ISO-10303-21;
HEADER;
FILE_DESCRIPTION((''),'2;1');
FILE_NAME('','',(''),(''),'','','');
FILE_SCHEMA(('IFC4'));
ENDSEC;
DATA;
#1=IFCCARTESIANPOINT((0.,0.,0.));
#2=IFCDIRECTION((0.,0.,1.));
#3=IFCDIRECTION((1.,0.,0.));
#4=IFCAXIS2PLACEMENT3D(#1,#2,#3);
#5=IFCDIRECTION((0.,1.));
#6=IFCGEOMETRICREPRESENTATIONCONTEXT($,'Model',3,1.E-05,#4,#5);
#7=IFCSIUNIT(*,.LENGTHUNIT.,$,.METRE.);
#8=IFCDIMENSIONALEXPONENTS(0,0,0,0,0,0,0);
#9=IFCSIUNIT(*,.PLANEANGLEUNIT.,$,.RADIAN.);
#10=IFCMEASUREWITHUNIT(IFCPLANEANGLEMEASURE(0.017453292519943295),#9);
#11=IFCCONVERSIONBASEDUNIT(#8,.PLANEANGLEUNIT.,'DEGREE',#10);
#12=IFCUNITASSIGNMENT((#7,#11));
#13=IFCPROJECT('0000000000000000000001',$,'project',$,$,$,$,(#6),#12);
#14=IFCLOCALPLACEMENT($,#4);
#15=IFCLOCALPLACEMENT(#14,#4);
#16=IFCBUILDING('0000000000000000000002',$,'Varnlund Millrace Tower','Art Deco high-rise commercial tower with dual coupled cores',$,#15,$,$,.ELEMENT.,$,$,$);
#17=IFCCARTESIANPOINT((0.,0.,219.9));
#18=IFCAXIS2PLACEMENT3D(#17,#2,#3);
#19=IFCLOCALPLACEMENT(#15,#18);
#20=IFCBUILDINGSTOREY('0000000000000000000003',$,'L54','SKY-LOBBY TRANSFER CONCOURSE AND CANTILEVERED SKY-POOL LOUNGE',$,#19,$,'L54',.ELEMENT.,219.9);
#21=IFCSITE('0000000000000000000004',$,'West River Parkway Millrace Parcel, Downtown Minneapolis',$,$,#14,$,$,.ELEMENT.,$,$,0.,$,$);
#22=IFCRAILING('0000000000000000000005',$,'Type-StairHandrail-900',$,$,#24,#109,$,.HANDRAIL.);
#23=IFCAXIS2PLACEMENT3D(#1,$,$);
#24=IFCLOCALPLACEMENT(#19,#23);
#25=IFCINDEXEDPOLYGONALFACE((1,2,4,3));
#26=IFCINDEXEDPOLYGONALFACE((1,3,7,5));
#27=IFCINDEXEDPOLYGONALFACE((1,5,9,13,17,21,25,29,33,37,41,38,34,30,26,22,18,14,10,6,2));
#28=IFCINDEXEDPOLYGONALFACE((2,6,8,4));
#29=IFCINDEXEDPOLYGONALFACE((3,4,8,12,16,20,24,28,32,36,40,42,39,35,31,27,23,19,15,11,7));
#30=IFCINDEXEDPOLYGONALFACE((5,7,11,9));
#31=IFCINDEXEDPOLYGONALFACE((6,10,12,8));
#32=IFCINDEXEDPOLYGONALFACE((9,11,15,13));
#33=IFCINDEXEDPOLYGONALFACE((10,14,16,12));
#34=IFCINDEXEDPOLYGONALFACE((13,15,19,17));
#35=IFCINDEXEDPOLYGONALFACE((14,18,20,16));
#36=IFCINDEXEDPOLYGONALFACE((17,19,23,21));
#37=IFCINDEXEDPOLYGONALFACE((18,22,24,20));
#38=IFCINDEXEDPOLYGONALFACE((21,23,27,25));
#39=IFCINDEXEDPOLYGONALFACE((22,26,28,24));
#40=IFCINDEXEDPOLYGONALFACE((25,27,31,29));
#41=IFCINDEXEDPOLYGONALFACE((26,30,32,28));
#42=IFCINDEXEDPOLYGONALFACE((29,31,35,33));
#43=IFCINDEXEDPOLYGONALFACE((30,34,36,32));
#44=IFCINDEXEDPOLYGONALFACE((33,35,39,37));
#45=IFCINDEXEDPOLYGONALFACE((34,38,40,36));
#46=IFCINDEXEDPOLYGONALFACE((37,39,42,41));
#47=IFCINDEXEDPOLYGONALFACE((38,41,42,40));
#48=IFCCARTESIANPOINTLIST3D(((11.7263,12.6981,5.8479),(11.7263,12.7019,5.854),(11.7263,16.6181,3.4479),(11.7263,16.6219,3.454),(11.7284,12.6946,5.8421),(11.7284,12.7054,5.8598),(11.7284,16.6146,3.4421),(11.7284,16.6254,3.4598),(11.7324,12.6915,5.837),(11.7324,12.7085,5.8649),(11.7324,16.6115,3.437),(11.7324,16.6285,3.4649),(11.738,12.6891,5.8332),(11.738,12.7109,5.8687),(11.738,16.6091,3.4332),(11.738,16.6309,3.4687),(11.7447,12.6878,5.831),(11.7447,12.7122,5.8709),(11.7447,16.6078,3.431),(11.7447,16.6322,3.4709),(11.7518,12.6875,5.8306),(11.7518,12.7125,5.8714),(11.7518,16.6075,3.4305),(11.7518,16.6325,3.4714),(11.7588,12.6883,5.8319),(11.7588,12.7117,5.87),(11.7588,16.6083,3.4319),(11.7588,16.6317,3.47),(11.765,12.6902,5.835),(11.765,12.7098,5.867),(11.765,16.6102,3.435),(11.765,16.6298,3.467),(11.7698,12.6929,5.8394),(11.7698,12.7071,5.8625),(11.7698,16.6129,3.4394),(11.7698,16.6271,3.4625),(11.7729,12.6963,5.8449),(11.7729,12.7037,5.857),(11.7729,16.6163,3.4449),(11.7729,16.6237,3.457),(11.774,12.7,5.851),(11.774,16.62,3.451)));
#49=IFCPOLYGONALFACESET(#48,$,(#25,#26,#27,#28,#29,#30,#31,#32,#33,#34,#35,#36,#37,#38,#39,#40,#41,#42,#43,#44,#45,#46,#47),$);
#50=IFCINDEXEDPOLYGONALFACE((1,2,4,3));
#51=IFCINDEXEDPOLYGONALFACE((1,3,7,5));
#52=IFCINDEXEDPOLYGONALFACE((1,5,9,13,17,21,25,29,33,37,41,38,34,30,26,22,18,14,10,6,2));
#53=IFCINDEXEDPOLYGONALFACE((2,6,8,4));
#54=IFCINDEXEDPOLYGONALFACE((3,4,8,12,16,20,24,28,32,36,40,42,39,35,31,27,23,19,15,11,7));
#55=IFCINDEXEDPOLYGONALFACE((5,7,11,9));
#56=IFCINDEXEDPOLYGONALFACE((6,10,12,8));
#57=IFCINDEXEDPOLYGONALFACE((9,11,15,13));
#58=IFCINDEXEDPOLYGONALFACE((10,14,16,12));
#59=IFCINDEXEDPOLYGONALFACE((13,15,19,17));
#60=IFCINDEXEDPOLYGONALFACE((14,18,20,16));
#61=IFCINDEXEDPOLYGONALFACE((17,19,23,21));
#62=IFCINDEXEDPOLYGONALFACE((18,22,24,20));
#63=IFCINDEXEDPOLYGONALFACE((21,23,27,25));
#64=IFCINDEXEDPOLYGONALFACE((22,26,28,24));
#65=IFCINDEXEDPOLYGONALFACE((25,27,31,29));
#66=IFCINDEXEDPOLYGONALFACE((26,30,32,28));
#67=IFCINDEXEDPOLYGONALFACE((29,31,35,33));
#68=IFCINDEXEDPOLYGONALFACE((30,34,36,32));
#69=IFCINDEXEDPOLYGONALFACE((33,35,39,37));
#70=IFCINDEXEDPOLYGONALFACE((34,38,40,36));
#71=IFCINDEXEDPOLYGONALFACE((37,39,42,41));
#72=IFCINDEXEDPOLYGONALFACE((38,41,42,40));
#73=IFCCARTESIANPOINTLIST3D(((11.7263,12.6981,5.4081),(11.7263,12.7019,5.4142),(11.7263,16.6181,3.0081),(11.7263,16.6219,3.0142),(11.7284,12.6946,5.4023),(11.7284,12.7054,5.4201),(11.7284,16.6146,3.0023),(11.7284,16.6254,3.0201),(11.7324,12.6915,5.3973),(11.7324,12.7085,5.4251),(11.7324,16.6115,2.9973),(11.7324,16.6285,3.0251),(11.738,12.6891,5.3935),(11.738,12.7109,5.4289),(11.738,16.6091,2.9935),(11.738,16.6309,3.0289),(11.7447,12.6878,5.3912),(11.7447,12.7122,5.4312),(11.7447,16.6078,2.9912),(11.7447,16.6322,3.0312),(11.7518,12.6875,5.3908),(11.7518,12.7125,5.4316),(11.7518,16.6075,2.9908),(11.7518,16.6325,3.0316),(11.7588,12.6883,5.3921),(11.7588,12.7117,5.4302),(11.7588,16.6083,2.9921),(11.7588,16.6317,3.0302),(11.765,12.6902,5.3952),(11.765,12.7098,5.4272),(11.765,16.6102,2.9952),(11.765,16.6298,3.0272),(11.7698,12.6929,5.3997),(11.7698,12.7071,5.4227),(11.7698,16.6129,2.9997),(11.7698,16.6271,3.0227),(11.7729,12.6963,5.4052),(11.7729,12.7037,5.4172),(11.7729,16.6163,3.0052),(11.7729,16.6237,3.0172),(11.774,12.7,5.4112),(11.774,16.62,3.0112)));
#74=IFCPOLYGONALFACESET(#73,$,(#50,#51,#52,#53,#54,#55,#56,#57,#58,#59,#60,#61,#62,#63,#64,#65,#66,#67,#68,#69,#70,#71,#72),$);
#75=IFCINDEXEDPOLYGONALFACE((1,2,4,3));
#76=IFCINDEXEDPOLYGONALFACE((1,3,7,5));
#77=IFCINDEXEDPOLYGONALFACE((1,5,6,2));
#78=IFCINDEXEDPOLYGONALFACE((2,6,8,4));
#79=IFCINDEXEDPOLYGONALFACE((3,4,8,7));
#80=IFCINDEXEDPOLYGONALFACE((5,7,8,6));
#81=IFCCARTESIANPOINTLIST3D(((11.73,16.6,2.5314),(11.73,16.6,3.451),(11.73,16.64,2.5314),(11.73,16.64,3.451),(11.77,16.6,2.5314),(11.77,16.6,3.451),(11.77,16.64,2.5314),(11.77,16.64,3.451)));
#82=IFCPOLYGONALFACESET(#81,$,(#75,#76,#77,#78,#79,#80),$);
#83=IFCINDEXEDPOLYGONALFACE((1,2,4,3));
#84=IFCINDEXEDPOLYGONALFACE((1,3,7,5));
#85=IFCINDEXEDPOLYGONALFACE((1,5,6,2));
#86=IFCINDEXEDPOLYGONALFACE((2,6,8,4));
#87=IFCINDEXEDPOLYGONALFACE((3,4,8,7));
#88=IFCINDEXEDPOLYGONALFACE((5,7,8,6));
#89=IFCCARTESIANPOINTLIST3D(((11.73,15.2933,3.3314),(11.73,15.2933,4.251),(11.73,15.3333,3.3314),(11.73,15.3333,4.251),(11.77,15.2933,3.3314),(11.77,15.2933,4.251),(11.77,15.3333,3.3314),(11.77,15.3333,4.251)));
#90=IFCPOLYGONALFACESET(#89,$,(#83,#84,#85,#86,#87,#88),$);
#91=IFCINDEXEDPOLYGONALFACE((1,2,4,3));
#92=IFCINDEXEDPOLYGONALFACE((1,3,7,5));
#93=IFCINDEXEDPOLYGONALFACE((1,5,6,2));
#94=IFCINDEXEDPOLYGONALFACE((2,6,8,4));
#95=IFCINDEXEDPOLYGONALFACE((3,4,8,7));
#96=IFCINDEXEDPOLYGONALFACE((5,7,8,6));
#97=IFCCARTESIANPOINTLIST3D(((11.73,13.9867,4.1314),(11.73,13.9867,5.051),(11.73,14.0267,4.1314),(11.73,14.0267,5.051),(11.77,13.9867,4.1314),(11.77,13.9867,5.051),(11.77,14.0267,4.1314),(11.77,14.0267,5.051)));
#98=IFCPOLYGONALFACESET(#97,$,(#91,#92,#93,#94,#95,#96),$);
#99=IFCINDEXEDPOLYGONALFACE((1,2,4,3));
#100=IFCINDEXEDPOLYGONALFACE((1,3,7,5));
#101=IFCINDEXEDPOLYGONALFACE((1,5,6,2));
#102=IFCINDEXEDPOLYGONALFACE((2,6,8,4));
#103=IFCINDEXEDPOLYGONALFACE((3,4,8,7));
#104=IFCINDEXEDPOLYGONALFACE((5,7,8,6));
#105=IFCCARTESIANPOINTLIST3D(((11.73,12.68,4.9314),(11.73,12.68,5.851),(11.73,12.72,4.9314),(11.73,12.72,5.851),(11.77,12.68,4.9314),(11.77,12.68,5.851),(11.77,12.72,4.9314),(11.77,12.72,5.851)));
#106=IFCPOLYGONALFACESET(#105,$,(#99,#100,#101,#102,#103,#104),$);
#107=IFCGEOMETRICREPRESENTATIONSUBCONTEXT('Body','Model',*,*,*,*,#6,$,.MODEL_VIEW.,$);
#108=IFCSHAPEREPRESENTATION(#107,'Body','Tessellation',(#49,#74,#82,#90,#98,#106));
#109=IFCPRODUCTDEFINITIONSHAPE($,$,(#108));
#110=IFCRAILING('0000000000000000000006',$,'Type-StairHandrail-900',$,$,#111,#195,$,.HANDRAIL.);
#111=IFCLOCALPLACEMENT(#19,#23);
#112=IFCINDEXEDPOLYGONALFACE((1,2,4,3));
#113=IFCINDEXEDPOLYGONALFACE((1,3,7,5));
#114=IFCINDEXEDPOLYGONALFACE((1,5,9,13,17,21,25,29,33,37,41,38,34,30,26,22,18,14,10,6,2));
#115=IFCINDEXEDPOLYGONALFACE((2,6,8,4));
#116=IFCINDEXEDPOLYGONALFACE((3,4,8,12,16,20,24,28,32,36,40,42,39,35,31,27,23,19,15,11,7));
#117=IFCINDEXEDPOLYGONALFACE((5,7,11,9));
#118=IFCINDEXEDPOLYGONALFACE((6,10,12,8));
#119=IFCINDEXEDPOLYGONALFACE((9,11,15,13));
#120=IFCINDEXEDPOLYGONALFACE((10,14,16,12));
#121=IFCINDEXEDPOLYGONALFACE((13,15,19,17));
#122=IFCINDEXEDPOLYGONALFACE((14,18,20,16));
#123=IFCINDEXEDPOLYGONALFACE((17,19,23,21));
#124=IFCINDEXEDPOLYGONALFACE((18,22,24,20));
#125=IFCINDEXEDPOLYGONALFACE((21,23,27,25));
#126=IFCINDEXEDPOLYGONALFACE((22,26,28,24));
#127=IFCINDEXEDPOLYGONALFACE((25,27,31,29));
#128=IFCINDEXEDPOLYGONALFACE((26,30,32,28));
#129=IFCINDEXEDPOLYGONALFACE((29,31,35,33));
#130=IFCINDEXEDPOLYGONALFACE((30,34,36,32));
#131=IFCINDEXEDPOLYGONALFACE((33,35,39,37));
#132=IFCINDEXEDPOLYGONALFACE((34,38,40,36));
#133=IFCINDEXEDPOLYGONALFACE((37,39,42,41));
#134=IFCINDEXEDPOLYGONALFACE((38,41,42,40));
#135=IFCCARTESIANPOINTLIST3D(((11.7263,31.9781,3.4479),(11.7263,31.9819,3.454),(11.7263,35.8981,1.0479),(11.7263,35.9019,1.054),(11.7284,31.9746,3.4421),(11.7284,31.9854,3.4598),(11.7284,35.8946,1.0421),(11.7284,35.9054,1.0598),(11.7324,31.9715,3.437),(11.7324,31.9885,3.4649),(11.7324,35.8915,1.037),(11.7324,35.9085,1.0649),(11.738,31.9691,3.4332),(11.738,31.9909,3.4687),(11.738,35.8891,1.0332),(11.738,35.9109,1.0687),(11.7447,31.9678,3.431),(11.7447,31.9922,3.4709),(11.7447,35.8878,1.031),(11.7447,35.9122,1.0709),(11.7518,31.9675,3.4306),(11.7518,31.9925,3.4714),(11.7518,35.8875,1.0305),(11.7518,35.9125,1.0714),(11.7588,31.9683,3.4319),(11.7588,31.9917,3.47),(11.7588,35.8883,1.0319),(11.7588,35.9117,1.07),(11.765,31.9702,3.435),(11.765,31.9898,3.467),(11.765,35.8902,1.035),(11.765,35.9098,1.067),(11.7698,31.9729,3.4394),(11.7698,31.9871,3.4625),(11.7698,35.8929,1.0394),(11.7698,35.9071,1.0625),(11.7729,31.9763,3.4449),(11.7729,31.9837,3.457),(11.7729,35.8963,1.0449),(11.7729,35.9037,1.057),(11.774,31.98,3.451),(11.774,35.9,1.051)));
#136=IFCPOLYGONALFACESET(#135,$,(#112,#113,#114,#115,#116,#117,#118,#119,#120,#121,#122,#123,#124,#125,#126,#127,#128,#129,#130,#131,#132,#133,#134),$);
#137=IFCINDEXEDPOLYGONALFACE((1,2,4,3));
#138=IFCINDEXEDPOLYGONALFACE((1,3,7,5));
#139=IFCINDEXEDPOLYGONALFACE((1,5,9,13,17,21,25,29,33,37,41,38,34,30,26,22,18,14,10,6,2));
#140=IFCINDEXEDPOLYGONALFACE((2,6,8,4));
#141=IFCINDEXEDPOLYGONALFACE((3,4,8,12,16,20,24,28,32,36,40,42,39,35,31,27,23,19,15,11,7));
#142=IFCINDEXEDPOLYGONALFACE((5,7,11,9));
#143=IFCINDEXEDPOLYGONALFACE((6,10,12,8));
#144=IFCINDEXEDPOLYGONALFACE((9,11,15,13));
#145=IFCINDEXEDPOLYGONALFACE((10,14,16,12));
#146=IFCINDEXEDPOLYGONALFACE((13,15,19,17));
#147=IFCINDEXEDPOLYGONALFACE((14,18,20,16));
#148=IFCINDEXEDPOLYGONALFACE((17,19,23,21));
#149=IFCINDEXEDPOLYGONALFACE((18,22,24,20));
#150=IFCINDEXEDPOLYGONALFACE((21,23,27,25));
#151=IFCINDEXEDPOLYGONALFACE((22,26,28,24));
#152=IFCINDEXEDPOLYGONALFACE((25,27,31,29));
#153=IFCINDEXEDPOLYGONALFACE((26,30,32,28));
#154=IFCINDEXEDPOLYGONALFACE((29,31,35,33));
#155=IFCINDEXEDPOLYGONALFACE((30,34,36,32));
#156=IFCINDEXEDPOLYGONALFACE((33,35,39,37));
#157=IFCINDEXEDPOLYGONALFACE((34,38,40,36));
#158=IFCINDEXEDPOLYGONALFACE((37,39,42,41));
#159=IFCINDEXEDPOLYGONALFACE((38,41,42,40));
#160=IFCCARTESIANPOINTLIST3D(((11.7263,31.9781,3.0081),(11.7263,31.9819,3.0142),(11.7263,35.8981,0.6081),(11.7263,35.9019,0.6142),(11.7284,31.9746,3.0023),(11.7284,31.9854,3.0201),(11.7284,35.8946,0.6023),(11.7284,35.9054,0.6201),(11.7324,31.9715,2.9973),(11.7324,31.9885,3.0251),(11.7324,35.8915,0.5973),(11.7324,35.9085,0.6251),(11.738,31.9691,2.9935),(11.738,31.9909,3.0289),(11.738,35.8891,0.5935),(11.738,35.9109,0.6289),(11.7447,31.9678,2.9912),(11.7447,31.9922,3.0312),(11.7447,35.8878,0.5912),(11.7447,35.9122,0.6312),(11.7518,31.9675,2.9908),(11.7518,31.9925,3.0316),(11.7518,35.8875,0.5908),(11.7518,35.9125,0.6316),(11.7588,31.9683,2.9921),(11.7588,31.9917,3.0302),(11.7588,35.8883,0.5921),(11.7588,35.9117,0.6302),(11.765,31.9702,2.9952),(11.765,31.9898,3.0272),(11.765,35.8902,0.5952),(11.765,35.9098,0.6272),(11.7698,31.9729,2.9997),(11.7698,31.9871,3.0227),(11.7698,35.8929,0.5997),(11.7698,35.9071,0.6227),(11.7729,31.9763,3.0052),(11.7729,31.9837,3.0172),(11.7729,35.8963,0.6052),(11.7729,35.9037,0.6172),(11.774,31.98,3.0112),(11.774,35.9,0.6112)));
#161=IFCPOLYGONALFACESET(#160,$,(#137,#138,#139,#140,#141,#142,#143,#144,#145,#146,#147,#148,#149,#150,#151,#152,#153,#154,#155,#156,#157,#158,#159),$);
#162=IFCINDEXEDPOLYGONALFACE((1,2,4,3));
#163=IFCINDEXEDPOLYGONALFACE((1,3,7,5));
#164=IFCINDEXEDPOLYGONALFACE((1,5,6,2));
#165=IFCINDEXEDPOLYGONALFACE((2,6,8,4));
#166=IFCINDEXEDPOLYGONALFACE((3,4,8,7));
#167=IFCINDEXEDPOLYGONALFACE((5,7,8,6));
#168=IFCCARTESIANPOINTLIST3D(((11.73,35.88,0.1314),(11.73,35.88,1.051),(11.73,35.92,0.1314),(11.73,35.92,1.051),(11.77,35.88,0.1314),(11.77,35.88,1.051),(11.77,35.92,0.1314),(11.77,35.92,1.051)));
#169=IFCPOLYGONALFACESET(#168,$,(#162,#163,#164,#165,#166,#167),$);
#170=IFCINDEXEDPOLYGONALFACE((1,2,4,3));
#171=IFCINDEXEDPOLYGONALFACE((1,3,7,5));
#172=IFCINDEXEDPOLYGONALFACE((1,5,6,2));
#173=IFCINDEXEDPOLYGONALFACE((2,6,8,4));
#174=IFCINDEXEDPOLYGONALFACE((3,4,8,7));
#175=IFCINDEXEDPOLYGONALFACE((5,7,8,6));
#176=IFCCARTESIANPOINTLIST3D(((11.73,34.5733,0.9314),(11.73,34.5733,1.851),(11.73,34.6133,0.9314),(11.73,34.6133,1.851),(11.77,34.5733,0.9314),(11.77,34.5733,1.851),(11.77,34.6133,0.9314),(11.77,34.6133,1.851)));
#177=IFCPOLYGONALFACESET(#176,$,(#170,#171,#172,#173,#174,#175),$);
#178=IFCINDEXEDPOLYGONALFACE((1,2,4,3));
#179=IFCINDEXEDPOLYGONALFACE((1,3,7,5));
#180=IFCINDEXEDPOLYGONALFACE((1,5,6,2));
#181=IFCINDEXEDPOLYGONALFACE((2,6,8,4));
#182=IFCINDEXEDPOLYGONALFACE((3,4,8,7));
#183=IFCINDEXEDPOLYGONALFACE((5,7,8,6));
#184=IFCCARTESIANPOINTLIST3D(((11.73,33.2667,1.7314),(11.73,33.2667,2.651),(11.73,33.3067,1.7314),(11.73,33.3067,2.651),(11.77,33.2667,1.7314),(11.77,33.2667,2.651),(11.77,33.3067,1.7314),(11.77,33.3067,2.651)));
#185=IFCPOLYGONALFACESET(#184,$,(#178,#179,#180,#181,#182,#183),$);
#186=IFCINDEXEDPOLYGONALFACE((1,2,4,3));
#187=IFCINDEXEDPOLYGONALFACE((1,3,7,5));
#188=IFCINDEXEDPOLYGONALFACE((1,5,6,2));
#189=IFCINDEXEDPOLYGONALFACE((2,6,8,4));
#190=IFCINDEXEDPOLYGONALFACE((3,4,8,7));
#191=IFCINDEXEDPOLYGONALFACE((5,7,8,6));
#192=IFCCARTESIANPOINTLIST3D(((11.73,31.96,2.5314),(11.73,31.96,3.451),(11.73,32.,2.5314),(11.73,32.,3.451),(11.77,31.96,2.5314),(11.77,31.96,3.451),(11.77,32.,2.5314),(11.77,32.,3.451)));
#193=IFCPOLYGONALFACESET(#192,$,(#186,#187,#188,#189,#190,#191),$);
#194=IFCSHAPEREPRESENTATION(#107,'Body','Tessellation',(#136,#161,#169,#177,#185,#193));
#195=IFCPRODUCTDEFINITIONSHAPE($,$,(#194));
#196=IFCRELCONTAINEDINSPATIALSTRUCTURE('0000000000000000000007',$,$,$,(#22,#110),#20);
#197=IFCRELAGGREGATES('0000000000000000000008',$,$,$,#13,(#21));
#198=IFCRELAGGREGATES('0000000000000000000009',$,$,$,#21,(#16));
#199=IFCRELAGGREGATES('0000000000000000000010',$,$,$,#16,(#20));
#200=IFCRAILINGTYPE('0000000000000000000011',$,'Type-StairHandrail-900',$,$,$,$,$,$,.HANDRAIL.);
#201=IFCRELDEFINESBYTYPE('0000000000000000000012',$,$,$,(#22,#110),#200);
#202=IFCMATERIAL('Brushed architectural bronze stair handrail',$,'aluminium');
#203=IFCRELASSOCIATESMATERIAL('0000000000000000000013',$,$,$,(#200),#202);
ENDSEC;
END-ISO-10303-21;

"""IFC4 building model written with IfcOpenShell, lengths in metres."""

from ifc_helpers import new_model, entity, si_unit, converted_unit, direction, frame, origin_with_axes, origin_2d_with_axis, place, context, subcontext, project, spatial, rectangle, circle, extrude, material, type_object, element, save


model = new_model("IFC4")

# Units and contexts
model_context = context("Model", 3, precision=1e-05, world=origin_with_axes(), true_north=direction((0.0, 1.0)))
body_context = subcontext(model_context, "Body", "Model", "MODEL_VIEW")
ifc_project = project(units=[si_unit("LENGTHUNIT", "METRE"), converted_unit("PLANEANGLEUNIT", "DEGREE", entity("IfcPlaneAngleMeasure", 0.017453292519943295), si_unit("PLANEANGLEUNIT", "RADIAN"), dimensions=[0, 0, 0, 0, 0, 0, 0])], contexts=[model_context])

# Site, building, storey
site_placement = place(None, origin_with_axes())
site = spatial("IfcSite", under=ifc_project, at=site_placement, Name="West River Parkway Millrace Parcel, Downtown Minneapolis", CompositionType="ELEMENT", RefElevation=0.0)
building_placement = place(site_placement, origin_with_axes())
building = spatial("IfcBuilding", under=site, at=building_placement, Name="Varnlund Millrace Tower", Description="Art Deco high-rise commercial tower with dual coupled cores", CompositionType="ELEMENT")
storey_placement = place(building_placement, frame((0.0, 0.0, 219.9), z_axis=(0.0, 0.0, 1.0), x_axis=(1.0, 0.0, 0.0)))
storey = spatial("IfcBuildingStorey", under=building, at=storey_placement, Name="L54", Description="SKY-LOBBY TRANSFER CONCOURSE AND CANTILEVERED SKY-POOL LOUNGE", LongName="L54", CompositionType="ELEMENT", Elevation=219.9)

# Railings
ifc_material_1 = material(Name="Brushed architectural bronze stair handrail", Category="aluminium")
railing_type_1 = type_object("IfcRailingType", Name="Type-StairHandrail-900", PredefinedType="HANDRAIL", material=ifc_material_1)
railing_1_placement = place(storey_placement, frame((0.0, 0.0, -219.9), z_axis=(0.0, 0.0, 1.0), x_axis=(1.0, 0.0, 0.0)))
element("IfcRailing", 1, at=railing_1_placement, inside=storey, type_object=railing_type_1, Name="Type-StairHandrail-900", PredefinedType="HANDRAIL", context=body_context, shape_type="SweptSolid", body=[
    extrude(circle(Radius=0.024, at=origin_2d_with_axis()), frame((11.75, 16.62, 223.351), z_axis=(0.0, -0.852851, 0.522154), x_axis=(1.0, 0.0, 0.0)), (0.0, 0.0, 1.0), 4.5963),
    extrude(circle(Radius=0.024, at=origin_2d_with_axis()), frame((11.75, 16.62, 222.9112), z_axis=(0.0, -0.852851, 0.522154), x_axis=(1.0, 0.0, 0.0)), (0.0, 0.0, 1.0), 4.5963),
    extrude(rectangle(XDim=0.04, YDim=0.04, at=origin_2d_with_axis()), frame((11.75, 16.62, 222.4314), z_axis=(0.0, 0.0, 1.0), x_axis=(1.0, 0.0, 0.0)), (0.0, 0.0, 1.0), 0.9195),
    extrude(rectangle(XDim=0.04, YDim=0.04, at=origin_2d_with_axis()), frame((11.75, 15.3133, 223.2314), z_axis=(0.0, 0.0, 1.0), x_axis=(1.0, 0.0, 0.0)), (0.0, 0.0, 1.0), 0.9195),
    extrude(rectangle(XDim=0.04, YDim=0.04, at=origin_2d_with_axis()), frame((11.75, 14.0067, 224.0314), z_axis=(0.0, 0.0, 1.0), x_axis=(1.0, 0.0, 0.0)), (0.0, 0.0, 1.0), 0.9195),
    extrude(rectangle(XDim=0.04, YDim=0.04, at=origin_2d_with_axis()), frame((11.75, 12.7, 224.8314), z_axis=(0.0, 0.0, 1.0), x_axis=(1.0, 0.0, 0.0)), (0.0, 0.0, 1.0), 0.9195),
])
railing_2_placement = place(storey_placement, frame((0.0, 0.0, -219.9), z_axis=(0.0, 0.0, 1.0), x_axis=(1.0, 0.0, 0.0)))
element("IfcRailing", 2, at=railing_2_placement, inside=storey, type_object=railing_type_1, Name="Type-StairHandrail-900", PredefinedType="HANDRAIL", context=body_context, shape_type="SweptSolid", body=[
    extrude(circle(Radius=0.024, at=origin_2d_with_axis()), frame((11.75, 35.9, 220.951), z_axis=(0.0, -0.852851, 0.522154), x_axis=(1.0, 0.0, 0.0)), (0.0, 0.0, 1.0), 4.5963),
    extrude(circle(Radius=0.024, at=origin_2d_with_axis()), frame((11.75, 35.9, 220.5112), z_axis=(0.0, -0.852851, 0.522154), x_axis=(1.0, 0.0, 0.0)), (0.0, 0.0, 1.0), 4.5963),
    extrude(rectangle(XDim=0.04, YDim=0.04, at=origin_2d_with_axis()), frame((11.75, 35.9, 220.0314), z_axis=(0.0, 0.0, 1.0), x_axis=(1.0, 0.0, 0.0)), (0.0, 0.0, 1.0), 0.9195),
    extrude(rectangle(XDim=0.04, YDim=0.04, at=origin_2d_with_axis()), frame((11.75, 34.5933, 220.8314), z_axis=(0.0, 0.0, 1.0), x_axis=(1.0, 0.0, 0.0)), (0.0, 0.0, 1.0), 0.9195),
    extrude(rectangle(XDim=0.04, YDim=0.04, at=origin_2d_with_axis()), frame((11.75, 33.2867, 221.6314), z_axis=(0.0, 0.0, 1.0), x_axis=(1.0, 0.0, 0.0)), (0.0, 0.0, 1.0), 0.9195),
    extrude(rectangle(XDim=0.04, YDim=0.04, at=origin_2d_with_axis()), frame((11.75, 31.98, 222.4314), z_axis=(0.0, 0.0, 1.0), x_axis=(1.0, 0.0, 0.0)), (0.0, 0.0, 1.0), 0.9195),
])

save(model, "model.ifc")
